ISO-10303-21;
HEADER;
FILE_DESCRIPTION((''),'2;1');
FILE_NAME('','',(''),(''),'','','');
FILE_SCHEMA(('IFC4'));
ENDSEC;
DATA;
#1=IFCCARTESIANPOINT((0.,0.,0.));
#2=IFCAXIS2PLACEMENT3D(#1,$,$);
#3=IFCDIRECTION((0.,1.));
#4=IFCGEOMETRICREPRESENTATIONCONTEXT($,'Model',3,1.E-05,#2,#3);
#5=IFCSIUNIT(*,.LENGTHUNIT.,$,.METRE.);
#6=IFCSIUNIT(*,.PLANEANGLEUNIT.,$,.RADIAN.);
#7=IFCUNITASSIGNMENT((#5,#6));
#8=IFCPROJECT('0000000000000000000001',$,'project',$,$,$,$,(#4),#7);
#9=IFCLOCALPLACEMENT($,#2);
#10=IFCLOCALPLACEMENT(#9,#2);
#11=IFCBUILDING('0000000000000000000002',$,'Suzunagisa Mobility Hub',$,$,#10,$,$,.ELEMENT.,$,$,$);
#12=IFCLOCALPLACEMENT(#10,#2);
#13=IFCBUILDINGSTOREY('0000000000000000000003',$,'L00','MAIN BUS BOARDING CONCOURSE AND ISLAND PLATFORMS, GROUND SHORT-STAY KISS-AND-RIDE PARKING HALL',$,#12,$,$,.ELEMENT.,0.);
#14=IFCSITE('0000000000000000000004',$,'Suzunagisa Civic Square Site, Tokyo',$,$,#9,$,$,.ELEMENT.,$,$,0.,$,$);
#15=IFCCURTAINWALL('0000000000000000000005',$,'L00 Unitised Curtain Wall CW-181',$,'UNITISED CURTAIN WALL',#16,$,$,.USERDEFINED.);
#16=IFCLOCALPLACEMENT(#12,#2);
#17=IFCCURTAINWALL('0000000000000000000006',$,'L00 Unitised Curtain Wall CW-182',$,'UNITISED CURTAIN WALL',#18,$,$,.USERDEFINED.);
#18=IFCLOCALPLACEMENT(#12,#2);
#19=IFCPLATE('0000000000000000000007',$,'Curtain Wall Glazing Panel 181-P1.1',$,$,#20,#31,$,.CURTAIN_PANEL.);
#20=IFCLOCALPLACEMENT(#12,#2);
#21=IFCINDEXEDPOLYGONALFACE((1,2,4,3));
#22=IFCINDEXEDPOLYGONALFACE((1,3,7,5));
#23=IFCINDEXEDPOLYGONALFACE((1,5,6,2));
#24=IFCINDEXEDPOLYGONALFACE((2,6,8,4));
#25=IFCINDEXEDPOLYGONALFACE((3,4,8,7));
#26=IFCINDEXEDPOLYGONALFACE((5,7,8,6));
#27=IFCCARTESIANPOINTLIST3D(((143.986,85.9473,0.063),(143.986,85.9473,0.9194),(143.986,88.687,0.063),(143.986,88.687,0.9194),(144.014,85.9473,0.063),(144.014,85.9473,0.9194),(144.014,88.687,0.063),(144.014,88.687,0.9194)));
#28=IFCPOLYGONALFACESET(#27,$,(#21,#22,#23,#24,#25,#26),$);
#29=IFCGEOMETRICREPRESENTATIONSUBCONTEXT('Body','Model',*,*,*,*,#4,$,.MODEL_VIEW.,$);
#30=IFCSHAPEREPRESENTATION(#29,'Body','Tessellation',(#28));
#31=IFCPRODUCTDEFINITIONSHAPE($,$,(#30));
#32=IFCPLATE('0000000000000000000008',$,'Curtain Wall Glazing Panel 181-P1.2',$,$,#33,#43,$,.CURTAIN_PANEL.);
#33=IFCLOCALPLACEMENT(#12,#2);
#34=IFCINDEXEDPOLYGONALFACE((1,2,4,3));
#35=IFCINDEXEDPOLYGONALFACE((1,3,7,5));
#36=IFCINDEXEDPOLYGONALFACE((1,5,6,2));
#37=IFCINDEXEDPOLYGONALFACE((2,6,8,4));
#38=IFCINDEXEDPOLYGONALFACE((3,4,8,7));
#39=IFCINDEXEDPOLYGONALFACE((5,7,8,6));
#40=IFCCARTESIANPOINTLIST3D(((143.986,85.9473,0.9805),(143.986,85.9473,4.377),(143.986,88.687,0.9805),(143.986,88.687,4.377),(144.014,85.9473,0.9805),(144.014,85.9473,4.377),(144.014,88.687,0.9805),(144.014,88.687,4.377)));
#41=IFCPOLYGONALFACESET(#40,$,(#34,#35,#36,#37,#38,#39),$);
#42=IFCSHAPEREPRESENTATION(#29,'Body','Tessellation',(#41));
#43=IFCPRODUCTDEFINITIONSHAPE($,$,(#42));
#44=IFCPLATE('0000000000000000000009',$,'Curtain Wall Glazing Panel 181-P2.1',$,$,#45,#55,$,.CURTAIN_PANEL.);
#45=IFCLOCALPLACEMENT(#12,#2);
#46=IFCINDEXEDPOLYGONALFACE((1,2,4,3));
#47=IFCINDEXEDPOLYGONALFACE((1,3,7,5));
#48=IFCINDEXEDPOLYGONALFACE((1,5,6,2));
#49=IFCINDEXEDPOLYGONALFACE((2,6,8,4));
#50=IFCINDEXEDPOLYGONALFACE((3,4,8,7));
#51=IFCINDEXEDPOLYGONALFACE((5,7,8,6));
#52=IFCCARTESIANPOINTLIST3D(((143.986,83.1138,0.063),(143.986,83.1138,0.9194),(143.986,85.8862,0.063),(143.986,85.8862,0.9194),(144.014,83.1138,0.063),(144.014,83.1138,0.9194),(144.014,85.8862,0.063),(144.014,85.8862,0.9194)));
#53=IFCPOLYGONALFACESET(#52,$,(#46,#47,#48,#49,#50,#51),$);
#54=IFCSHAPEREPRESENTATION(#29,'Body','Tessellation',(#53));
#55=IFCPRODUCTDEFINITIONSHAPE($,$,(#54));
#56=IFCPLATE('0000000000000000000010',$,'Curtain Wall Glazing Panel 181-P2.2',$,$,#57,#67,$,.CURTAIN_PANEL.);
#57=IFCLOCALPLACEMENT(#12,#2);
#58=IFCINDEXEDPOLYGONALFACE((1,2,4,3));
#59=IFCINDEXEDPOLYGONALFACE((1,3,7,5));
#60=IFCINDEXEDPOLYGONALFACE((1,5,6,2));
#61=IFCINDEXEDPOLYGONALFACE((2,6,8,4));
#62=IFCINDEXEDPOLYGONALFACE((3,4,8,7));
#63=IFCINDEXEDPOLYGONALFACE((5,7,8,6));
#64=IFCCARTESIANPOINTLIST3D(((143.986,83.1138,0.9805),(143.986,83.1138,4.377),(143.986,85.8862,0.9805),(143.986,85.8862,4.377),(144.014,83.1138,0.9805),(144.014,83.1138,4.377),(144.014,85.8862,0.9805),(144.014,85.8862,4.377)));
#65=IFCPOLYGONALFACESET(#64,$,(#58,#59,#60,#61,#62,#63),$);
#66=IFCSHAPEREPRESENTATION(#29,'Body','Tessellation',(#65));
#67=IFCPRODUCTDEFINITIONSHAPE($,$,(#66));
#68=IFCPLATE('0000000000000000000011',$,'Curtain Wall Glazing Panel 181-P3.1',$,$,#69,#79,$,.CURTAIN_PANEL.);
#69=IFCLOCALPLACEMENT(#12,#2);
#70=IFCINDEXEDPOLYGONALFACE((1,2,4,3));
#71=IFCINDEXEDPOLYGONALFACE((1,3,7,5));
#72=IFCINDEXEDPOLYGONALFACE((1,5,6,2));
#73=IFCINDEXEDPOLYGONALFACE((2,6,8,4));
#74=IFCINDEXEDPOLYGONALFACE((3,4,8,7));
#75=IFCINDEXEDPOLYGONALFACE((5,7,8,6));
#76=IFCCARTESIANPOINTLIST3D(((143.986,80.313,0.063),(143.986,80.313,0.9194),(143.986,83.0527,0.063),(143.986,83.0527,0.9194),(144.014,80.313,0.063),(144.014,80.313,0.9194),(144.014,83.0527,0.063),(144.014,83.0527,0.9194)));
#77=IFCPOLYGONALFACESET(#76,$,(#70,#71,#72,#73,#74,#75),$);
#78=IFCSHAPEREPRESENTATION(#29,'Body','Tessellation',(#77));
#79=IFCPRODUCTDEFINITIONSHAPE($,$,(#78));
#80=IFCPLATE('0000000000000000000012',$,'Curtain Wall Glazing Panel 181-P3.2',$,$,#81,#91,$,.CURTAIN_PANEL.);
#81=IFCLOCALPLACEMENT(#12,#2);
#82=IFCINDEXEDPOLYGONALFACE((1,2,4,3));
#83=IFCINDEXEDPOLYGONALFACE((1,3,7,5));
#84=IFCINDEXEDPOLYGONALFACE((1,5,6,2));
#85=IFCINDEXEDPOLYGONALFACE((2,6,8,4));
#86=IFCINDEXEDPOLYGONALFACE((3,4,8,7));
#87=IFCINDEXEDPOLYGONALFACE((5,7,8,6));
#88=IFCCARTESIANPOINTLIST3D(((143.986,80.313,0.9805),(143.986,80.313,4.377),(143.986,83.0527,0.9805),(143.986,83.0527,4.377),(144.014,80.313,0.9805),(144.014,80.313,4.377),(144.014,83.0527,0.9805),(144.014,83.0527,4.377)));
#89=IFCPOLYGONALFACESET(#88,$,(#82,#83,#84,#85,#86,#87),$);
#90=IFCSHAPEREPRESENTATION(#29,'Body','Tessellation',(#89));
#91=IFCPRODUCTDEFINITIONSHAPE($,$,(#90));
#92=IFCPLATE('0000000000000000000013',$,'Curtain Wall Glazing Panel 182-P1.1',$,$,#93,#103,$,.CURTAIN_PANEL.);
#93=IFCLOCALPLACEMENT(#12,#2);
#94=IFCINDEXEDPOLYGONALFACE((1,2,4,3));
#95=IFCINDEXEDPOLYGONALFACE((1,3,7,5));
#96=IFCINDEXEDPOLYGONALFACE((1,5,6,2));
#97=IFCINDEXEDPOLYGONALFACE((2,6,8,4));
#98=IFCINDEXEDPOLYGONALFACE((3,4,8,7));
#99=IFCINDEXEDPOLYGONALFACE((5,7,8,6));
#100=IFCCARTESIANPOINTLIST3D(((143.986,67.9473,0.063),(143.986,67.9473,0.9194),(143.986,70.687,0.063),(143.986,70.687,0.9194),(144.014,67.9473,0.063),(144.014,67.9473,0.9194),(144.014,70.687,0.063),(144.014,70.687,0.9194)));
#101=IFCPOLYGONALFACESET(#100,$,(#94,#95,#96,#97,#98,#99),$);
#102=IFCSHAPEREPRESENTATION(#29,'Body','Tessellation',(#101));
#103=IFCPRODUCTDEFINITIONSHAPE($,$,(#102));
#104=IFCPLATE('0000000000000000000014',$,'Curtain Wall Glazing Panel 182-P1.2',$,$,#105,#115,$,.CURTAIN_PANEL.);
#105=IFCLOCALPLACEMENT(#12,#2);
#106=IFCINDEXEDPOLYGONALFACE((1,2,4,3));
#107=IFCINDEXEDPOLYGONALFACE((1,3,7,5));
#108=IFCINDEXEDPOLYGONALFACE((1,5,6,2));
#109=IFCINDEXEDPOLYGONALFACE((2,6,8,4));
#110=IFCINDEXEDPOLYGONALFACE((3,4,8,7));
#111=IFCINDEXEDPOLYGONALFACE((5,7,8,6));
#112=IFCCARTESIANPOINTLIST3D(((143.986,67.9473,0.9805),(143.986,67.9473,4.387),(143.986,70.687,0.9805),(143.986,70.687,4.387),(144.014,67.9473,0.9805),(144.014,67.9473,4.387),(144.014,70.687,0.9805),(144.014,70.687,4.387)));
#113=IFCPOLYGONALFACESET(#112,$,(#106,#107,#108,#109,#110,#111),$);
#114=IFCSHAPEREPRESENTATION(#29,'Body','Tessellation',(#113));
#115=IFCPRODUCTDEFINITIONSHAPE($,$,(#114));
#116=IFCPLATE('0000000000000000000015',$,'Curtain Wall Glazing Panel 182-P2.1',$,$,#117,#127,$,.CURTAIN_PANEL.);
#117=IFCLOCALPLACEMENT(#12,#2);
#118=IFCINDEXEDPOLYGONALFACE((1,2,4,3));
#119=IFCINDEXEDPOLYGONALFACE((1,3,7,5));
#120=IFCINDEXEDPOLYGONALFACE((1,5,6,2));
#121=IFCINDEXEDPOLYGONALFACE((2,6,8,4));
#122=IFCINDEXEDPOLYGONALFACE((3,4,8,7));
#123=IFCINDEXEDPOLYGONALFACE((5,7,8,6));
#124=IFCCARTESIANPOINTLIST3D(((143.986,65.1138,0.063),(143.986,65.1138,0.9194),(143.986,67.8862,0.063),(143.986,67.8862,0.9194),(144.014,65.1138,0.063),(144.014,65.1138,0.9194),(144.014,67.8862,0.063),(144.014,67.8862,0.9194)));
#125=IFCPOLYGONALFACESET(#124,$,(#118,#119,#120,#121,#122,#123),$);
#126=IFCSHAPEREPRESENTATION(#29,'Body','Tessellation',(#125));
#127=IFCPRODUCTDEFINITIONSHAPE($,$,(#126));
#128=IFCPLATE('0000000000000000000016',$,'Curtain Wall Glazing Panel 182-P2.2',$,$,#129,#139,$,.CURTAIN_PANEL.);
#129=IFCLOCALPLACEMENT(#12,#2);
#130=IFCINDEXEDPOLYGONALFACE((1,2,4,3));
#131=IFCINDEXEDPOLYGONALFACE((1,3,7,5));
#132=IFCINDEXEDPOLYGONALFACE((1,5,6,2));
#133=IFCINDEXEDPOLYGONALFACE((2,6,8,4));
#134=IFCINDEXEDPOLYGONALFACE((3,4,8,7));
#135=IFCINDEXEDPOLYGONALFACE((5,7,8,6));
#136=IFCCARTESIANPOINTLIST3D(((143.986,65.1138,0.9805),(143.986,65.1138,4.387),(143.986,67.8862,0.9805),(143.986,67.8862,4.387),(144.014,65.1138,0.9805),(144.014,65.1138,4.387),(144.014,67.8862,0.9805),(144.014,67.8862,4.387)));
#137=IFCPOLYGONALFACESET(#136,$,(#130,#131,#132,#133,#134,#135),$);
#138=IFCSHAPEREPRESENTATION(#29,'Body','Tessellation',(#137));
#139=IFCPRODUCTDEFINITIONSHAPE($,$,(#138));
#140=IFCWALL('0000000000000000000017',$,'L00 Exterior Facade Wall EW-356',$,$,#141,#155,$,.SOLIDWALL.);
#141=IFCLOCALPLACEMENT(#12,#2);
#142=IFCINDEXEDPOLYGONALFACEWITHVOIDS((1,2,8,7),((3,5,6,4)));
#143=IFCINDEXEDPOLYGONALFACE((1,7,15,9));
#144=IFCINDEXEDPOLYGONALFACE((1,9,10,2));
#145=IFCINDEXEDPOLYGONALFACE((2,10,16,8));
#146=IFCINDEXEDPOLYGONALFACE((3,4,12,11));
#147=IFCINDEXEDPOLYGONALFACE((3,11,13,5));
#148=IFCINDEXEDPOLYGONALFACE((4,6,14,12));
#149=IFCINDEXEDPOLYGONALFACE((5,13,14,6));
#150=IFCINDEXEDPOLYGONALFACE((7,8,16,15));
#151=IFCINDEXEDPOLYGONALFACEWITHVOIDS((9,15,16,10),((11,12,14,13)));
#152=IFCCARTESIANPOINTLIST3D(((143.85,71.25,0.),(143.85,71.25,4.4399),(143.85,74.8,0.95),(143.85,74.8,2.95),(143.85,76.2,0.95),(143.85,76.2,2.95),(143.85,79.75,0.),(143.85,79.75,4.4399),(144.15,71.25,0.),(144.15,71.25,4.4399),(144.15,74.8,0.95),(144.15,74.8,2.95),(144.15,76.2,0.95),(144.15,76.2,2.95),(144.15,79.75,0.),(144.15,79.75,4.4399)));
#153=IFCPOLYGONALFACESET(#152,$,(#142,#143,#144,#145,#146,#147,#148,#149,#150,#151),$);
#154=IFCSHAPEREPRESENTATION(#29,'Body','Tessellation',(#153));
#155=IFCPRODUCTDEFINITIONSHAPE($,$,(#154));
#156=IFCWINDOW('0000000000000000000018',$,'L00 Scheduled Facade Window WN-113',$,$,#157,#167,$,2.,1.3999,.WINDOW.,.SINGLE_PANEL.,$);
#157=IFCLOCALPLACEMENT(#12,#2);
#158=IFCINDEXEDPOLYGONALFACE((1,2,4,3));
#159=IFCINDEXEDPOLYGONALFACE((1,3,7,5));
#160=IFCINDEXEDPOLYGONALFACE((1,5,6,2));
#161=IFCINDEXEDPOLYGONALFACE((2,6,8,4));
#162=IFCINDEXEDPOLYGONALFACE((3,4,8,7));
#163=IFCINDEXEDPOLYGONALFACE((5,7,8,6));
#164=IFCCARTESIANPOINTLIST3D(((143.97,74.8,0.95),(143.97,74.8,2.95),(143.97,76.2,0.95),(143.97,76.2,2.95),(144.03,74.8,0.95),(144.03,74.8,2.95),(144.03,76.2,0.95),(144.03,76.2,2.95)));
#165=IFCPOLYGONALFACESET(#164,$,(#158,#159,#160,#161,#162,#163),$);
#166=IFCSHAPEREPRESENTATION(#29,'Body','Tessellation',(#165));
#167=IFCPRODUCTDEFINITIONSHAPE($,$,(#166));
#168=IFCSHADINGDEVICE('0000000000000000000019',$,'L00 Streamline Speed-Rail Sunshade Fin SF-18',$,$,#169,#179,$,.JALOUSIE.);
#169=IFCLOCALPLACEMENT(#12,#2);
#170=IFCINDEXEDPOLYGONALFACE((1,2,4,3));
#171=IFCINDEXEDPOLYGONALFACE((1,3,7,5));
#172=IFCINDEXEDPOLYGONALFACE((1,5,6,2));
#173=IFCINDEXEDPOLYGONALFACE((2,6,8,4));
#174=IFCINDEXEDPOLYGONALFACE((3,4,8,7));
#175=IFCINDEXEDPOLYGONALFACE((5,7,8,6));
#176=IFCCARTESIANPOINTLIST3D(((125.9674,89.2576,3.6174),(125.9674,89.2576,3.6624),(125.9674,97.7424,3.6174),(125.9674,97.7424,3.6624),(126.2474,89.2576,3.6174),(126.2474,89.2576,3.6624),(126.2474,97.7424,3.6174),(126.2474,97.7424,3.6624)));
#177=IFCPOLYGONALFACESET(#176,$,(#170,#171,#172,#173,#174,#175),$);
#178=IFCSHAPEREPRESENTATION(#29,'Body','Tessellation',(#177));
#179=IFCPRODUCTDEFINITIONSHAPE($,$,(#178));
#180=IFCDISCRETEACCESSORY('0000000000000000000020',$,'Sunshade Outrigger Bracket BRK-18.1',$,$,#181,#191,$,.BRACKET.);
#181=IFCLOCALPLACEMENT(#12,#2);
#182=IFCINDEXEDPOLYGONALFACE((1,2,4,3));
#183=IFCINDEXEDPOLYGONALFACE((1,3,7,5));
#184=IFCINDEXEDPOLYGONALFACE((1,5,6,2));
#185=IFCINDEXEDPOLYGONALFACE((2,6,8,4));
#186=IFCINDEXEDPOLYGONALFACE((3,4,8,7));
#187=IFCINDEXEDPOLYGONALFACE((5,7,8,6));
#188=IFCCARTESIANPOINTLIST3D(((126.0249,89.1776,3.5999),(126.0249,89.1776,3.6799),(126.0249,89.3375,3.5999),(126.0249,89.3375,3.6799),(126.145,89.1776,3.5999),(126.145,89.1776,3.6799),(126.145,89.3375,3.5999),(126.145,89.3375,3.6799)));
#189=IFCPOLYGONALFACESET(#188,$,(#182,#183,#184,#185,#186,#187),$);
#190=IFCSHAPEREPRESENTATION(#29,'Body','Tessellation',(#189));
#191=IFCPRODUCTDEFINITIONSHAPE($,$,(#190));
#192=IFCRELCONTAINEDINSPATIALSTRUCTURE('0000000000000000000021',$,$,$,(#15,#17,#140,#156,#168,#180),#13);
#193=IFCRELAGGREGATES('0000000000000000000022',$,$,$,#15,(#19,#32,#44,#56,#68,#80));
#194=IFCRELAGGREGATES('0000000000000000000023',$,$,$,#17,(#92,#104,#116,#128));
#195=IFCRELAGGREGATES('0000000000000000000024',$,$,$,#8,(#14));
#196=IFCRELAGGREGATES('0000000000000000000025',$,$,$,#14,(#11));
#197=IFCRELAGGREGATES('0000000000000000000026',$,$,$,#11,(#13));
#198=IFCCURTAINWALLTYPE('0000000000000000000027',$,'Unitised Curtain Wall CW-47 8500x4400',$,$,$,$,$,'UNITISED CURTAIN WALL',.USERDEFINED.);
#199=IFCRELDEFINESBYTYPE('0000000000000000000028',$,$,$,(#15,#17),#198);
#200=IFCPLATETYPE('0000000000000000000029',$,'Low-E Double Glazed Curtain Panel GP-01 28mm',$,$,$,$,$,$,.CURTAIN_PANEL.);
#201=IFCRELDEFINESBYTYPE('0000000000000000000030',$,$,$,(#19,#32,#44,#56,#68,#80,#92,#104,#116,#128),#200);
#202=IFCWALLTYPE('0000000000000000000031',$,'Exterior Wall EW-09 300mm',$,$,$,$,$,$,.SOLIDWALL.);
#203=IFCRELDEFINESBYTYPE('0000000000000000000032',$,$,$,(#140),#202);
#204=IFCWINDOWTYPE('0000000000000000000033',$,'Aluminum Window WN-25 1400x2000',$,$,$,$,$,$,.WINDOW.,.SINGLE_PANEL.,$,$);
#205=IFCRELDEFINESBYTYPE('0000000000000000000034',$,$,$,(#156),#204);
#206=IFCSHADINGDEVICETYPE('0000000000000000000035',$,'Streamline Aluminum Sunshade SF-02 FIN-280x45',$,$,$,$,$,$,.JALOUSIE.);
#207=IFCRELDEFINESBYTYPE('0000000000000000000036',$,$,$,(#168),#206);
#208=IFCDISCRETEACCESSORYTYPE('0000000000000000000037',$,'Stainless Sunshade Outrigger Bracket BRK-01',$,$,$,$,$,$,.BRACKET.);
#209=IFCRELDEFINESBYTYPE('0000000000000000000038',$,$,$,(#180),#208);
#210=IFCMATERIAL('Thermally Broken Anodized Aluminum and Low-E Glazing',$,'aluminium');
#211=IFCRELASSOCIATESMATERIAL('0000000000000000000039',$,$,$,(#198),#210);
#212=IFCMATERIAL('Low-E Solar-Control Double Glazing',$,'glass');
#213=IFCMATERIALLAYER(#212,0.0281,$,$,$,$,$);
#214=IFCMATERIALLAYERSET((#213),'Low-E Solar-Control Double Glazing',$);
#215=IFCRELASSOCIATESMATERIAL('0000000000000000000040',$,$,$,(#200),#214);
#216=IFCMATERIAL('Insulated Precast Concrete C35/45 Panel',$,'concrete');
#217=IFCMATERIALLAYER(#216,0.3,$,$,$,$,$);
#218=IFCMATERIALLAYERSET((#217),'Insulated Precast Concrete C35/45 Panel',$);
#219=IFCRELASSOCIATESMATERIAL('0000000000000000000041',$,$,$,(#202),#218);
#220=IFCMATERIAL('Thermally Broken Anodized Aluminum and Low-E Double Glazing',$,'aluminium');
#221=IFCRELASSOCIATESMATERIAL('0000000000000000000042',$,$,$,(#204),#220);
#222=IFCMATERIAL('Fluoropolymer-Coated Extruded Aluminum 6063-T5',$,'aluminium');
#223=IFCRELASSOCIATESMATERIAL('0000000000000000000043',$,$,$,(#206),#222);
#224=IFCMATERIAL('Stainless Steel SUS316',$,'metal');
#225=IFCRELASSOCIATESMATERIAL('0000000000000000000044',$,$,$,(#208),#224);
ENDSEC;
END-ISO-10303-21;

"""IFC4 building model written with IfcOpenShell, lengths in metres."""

from ifc_helpers import new_model, si_unit, direction, frame, frame_2d, origin, origin_2d, place, context, subcontext, project, spatial, rectangle, extrude, material, layer, layer_set, material_profile, profile_set, type_object, element, fill, aggregate, save


model = new_model("IFC4")

# Units and contexts
model_context = context("Model", 3, precision=1e-05, world=origin(), true_north=direction((0.0, 1.0)))
body_context = subcontext(model_context, "Body", "Model", "MODEL_VIEW")
ifc_project = project(units=[si_unit("LENGTHUNIT", "METRE"), si_unit("PLANEANGLEUNIT", "RADIAN")], contexts=[model_context])

# Site, building, storey
site_placement = place(None, origin())
site = spatial("IfcSite", under=ifc_project, at=site_placement, Name="Suzunagisa Civic Square Site, Tokyo", CompositionType="ELEMENT", RefElevation=0.0)
building_placement = place(site_placement, origin())
building = spatial("IfcBuilding", under=site, at=building_placement, Name="Suzunagisa Mobility Hub", CompositionType="ELEMENT")
storey_placement = place(building_placement, origin())
storey = spatial("IfcBuildingStorey", under=building, at=storey_placement, Name="L00", Description="MAIN BUS BOARDING CONCOURSE AND ISLAND PLATFORMS, GROUND SHORT-STAY KISS-AND-RIDE PARKING HALL", CompositionType="ELEMENT", Elevation=0.0)

# Curtain walls
ifc_material_1 = material(Name="Thermally Broken Anodized Aluminum and Low-E Glazing", Category="aluminium")
curtain_wall_type_1 = type_object("IfcCurtainWallType", Name="Unitised Curtain Wall CW-47 8500x4400", ElementType="UNITISED CURTAIN WALL", PredefinedType="USERDEFINED", material=ifc_material_1)
curtain_wall_1_placement = place(storey_placement, origin())
curtain_wall_1 = element("IfcCurtainWall", 1, at=curtain_wall_1_placement, inside=storey, type_object=curtain_wall_type_1, Name="L00 Unitised Curtain Wall CW-181", ObjectType="UNITISED CURTAIN WALL", PredefinedType="USERDEFINED")
curtain_wall_2_placement = place(storey_placement, origin())
curtain_wall_2 = element("IfcCurtainWall", 2, at=curtain_wall_2_placement, inside=storey, type_object=curtain_wall_type_1, Name="L00 Unitised Curtain Wall CW-182", ObjectType="UNITISED CURTAIN WALL", PredefinedType="USERDEFINED")

# Shared definitions
ifc_material_2 = material(Name="Low-E Solar-Control Double Glazing", Category="glass")
ifc_layer_1 = layer(ifc_material_2, 0.0281)
ifc_layer_set_1 = layer_set([ifc_layer_1], Name="Low-E Solar-Control Double Glazing")
plate_type = type_object("IfcPlateType", Name="Low-E Double Glazed Curtain Panel GP-01 28mm", PredefinedType="CURTAIN_PANEL", material=ifc_layer_set_1)

# Plates
plate_1_placement = place(storey_placement, frame((144.0, 87.3171, 0.063), z_axis=(0.0, 0.0, 1.0), x_axis=(0.0, -1.0, 0.0)))
plate_1 = element("IfcPlate", 3, at=plate_1_placement, type_object=plate_type, Name="Curtain Wall Glazing Panel 181-P1.1", PredefinedType="CURTAIN_PANEL", context=body_context, shape_type="SweptSolid", body=[
    extrude(rectangle(XDim=2.7397, YDim=0.0281, at=origin_2d()), origin(), (0.0, 0.0, 1.0), 0.8564),
])
plate_2_placement = place(storey_placement, frame((144.0, 87.3171, 0.9805), z_axis=(0.0, 0.0, 1.0), x_axis=(0.0, -1.0, 0.0)))
plate_2 = element("IfcPlate", 4, at=plate_2_placement, type_object=plate_type, Name="Curtain Wall Glazing Panel 181-P1.2", PredefinedType="CURTAIN_PANEL", context=body_context, shape_type="SweptSolid", body=[
    extrude(rectangle(XDim=2.7397, YDim=0.0281, at=origin_2d()), origin(), (0.0, 0.0, 1.0), 3.3965),
])
plate_3_placement = place(storey_placement, frame((144.0, 84.5, 0.063), z_axis=(0.0, 0.0, 1.0), x_axis=(0.0, -1.0, 0.0)))
plate_3 = element("IfcPlate", 5, at=plate_3_placement, type_object=plate_type, Name="Curtain Wall Glazing Panel 181-P2.1", PredefinedType="CURTAIN_PANEL", context=body_context, shape_type="SweptSolid", body=[
    extrude(rectangle(XDim=2.7725, YDim=0.0281, at=origin_2d()), origin(), (0.0, 0.0, 1.0), 0.8564),
])
plate_4_placement = place(storey_placement, frame((144.0, 84.5, 0.9805), z_axis=(0.0, 0.0, 1.0), x_axis=(0.0, -1.0, 0.0)))
plate_4 = element("IfcPlate", 6, at=plate_4_placement, type_object=plate_type, Name="Curtain Wall Glazing Panel 181-P2.2", PredefinedType="CURTAIN_PANEL", context=body_context, shape_type="SweptSolid", body=[
    extrude(rectangle(XDim=2.7725, YDim=0.0281, at=origin_2d()), origin(), (0.0, 0.0, 1.0), 3.3965),
])
plate_5_placement = place(storey_placement, frame((144.0, 81.6829, 0.063), z_axis=(0.0, 0.0, 1.0), x_axis=(0.0, -1.0, 0.0)))
plate_5 = element("IfcPlate", 7, at=plate_5_placement, type_object=plate_type, Name="Curtain Wall Glazing Panel 181-P3.1", PredefinedType="CURTAIN_PANEL", context=body_context, shape_type="SweptSolid", body=[
    extrude(rectangle(XDim=2.7397, YDim=0.0281, at=origin_2d()), origin(), (0.0, 0.0, 1.0), 0.8564),
])
plate_6_placement = place(storey_placement, frame((144.0, 81.6829, 0.9805), z_axis=(0.0, 0.0, 1.0), x_axis=(0.0, -1.0, 0.0)))
plate_6 = element("IfcPlate", 8, at=plate_6_placement, type_object=plate_type, Name="Curtain Wall Glazing Panel 181-P3.2", PredefinedType="CURTAIN_PANEL", context=body_context, shape_type="SweptSolid", body=[
    extrude(rectangle(XDim=2.7397, YDim=0.0281, at=origin_2d()), origin(), (0.0, 0.0, 1.0), 3.3965),
])
aggregate(curtain_wall_1, [plate_1, plate_2, plate_3, plate_4, plate_5, plate_6])
plate_7_placement = place(storey_placement, frame((144.0, 69.3171, 0.063), z_axis=(0.0, 0.0, 1.0), x_axis=(0.0, -1.0, 0.0)))
plate_7 = element("IfcPlate", 9, at=plate_7_placement, type_object=plate_type, Name="Curtain Wall Glazing Panel 182-P1.1", PredefinedType="CURTAIN_PANEL", context=body_context, shape_type="SweptSolid", body=[
    extrude(rectangle(XDim=2.7397, YDim=0.0281, at=origin_2d()), origin(), (0.0, 0.0, 1.0), 0.8564),
])
plate_8_placement = place(storey_placement, frame((144.0, 69.3171, 0.9805), z_axis=(0.0, 0.0, 1.0), x_axis=(0.0, -1.0, 0.0)))
plate_8 = element("IfcPlate", 10, at=plate_8_placement, type_object=plate_type, Name="Curtain Wall Glazing Panel 182-P1.2", PredefinedType="CURTAIN_PANEL", context=body_context, shape_type="SweptSolid", body=[
    extrude(rectangle(XDim=2.7397, YDim=0.0281, at=origin_2d()), origin(), (0.0, 0.0, 1.0), 3.4065),
])
plate_9_placement = place(storey_placement, frame((144.0, 66.5, 0.063), z_axis=(0.0, 0.0, 1.0), x_axis=(0.0, -1.0, 0.0)))
plate_9 = element("IfcPlate", 11, at=plate_9_placement, type_object=plate_type, Name="Curtain Wall Glazing Panel 182-P2.1", PredefinedType="CURTAIN_PANEL", context=body_context, shape_type="SweptSolid", body=[
    extrude(rectangle(XDim=2.7725, YDim=0.0281, at=origin_2d()), origin(), (0.0, 0.0, 1.0), 0.8564),
])
plate_10_placement = place(storey_placement, frame((144.0, 66.5, 0.9805), z_axis=(0.0, 0.0, 1.0), x_axis=(0.0, -1.0, 0.0)))
plate_10 = element("IfcPlate", 12, at=plate_10_placement, type_object=plate_type, Name="Curtain Wall Glazing Panel 182-P2.2", PredefinedType="CURTAIN_PANEL", context=body_context, shape_type="SweptSolid", body=[
    extrude(rectangle(XDim=2.7725, YDim=0.0281, at=origin_2d()), origin(), (0.0, 0.0, 1.0), 3.4065),
])
aggregate(curtain_wall_2, [plate_7, plate_8, plate_9, plate_10])

# Wall, opening, window
ifc_material_3 = material(Name="Insulated Precast Concrete C35/45 Panel", Category="concrete")
ifc_layer_2 = layer(ifc_material_3, 0.3)
ifc_layer_set_2 = layer_set([ifc_layer_2], Name="Insulated Precast Concrete C35/45 Panel")
wall_type = type_object("IfcWallType", Name="Exterior Wall EW-09 300mm", PredefinedType="SOLIDWALL", material=ifc_layer_set_2)
wall_placement = place(storey_placement, frame((144.0, 79.75, 0.0), z_axis=(0.0, 0.0, 1.0), x_axis=(0.0, -1.0, 0.0)))
wall = element("IfcWall", 13, at=wall_placement, inside=storey, type_object=wall_type, Name="L00 Exterior Facade Wall EW-356", PredefinedType="SOLIDWALL", context=body_context, shape_type="SweptSolid", body=[
    extrude(rectangle(XDim=8.5, YDim=0.3, at=frame_2d((4.25, 0.0))), origin(), (0.0, 0.0, 1.0), 4.4399),
])
opening_placement = place(wall_placement, frame((3.55, 0.0, 0.95)))
opening = element("IfcOpeningElement", 14, at=opening_placement, cuts=wall, PredefinedType="OPENING", context=body_context, shape_type="SweptSolid", body=[
    extrude(rectangle(XDim=1.3999, YDim=2.0, at=frame_2d((0.7, 1.0))), frame((0.0, 0.1611, 0.0), z_axis=(0.0, -1.0, 0.0), x_axis=(1.0, 0.0, 0.0)), (0.0, 0.0, 1.0), 0.322),
])
ifc_material_4 = material(Name="Thermally Broken Anodized Aluminum and Low-E Double Glazing", Category="aluminium")
window_type = type_object("IfcWindowType", Name="Aluminum Window WN-25 1400x2000", PartitioningType="SINGLE_PANEL", PredefinedType="WINDOW", material=ifc_material_4)
window_placement = place(opening_placement, origin())
window = element("IfcWindow", 15, at=window_placement, inside=storey, type_object=window_type, Name="L00 Scheduled Facade Window WN-113", OverallHeight=2.0, OverallWidth=1.3999, PartitioningType="SINGLE_PANEL", PredefinedType="WINDOW", context=body_context, shape_type="SweptSolid", body=[
    extrude(rectangle(XDim=1.3999, YDim=2.0, at=frame_2d((0.7, 1.0))), frame((0.0, 0.03, 0.0), z_axis=(0.0, -1.0, 0.0), x_axis=(1.0, 0.0, 0.0)), (0.0, 0.0, 1.0), 0.0601),
])
fill(opening, window)

# Shading device
ifc_material_5 = material(Name="Fluoropolymer-Coated Extruded Aluminum 6063-T5", Category="aluminium")
ifc_material_profile_1 = material_profile(ifc_material_5, rectangle(XDim=0.28, YDim=0.0449, at=origin_2d()), Name="FIN-280x45")
ifc_profile_set_1 = profile_set([ifc_material_profile_1], Name="Fluoropolymer-Coated Extruded Aluminum 6063-T5")
shading_device_type = type_object("IfcShadingDeviceType", Name="Streamline Aluminum Sunshade SF-02 FIN-280x45", PredefinedType="JALOUSIE", material=ifc_profile_set_1)
shading_device_placement = place(storey_placement, frame((126.1074, 89.2576, 3.6399), z_axis=(0.0, 1.0, 0.0), x_axis=(-1.0, 0.0, 0.0)))
element("IfcShadingDevice", 16, at=shading_device_placement, inside=storey, type_object=shading_device_type, Name="L00 Streamline Speed-Rail Sunshade Fin SF-18", PredefinedType="JALOUSIE", context=body_context, shape_type="SweptSolid", body=[
    extrude(rectangle(XDim=0.28, YDim=0.0449, at=origin_2d()), origin(), (0.0, 0.0, 1.0), 8.4849),
])

# Discrete accessory
ifc_material_6 = material(Name="Stainless Steel SUS316", Category="metal")
discrete_accessory_type = type_object("IfcDiscreteAccessoryType", Name="Stainless Sunshade Outrigger Bracket BRK-01", PredefinedType="BRACKET", material=ifc_material_6)
discrete_accessory_placement = place(storey_placement, frame((126.085, 89.2576, 3.5999), z_axis=(0.0, 0.0, 1.0), x_axis=(0.0, 1.0, 0.0)))
element("IfcDiscreteAccessory", 17, at=discrete_accessory_placement, inside=storey, type_object=discrete_accessory_type, Name="Sunshade Outrigger Bracket BRK-18.1", PredefinedType="BRACKET", context=body_context, shape_type="SweptSolid", body=[
    extrude(rectangle(XDim=0.1599, YDim=0.1201, at=origin_2d()), origin(), (0.0, 0.0, 1.0), 0.0801),
])

save(model, "model.ifc")
